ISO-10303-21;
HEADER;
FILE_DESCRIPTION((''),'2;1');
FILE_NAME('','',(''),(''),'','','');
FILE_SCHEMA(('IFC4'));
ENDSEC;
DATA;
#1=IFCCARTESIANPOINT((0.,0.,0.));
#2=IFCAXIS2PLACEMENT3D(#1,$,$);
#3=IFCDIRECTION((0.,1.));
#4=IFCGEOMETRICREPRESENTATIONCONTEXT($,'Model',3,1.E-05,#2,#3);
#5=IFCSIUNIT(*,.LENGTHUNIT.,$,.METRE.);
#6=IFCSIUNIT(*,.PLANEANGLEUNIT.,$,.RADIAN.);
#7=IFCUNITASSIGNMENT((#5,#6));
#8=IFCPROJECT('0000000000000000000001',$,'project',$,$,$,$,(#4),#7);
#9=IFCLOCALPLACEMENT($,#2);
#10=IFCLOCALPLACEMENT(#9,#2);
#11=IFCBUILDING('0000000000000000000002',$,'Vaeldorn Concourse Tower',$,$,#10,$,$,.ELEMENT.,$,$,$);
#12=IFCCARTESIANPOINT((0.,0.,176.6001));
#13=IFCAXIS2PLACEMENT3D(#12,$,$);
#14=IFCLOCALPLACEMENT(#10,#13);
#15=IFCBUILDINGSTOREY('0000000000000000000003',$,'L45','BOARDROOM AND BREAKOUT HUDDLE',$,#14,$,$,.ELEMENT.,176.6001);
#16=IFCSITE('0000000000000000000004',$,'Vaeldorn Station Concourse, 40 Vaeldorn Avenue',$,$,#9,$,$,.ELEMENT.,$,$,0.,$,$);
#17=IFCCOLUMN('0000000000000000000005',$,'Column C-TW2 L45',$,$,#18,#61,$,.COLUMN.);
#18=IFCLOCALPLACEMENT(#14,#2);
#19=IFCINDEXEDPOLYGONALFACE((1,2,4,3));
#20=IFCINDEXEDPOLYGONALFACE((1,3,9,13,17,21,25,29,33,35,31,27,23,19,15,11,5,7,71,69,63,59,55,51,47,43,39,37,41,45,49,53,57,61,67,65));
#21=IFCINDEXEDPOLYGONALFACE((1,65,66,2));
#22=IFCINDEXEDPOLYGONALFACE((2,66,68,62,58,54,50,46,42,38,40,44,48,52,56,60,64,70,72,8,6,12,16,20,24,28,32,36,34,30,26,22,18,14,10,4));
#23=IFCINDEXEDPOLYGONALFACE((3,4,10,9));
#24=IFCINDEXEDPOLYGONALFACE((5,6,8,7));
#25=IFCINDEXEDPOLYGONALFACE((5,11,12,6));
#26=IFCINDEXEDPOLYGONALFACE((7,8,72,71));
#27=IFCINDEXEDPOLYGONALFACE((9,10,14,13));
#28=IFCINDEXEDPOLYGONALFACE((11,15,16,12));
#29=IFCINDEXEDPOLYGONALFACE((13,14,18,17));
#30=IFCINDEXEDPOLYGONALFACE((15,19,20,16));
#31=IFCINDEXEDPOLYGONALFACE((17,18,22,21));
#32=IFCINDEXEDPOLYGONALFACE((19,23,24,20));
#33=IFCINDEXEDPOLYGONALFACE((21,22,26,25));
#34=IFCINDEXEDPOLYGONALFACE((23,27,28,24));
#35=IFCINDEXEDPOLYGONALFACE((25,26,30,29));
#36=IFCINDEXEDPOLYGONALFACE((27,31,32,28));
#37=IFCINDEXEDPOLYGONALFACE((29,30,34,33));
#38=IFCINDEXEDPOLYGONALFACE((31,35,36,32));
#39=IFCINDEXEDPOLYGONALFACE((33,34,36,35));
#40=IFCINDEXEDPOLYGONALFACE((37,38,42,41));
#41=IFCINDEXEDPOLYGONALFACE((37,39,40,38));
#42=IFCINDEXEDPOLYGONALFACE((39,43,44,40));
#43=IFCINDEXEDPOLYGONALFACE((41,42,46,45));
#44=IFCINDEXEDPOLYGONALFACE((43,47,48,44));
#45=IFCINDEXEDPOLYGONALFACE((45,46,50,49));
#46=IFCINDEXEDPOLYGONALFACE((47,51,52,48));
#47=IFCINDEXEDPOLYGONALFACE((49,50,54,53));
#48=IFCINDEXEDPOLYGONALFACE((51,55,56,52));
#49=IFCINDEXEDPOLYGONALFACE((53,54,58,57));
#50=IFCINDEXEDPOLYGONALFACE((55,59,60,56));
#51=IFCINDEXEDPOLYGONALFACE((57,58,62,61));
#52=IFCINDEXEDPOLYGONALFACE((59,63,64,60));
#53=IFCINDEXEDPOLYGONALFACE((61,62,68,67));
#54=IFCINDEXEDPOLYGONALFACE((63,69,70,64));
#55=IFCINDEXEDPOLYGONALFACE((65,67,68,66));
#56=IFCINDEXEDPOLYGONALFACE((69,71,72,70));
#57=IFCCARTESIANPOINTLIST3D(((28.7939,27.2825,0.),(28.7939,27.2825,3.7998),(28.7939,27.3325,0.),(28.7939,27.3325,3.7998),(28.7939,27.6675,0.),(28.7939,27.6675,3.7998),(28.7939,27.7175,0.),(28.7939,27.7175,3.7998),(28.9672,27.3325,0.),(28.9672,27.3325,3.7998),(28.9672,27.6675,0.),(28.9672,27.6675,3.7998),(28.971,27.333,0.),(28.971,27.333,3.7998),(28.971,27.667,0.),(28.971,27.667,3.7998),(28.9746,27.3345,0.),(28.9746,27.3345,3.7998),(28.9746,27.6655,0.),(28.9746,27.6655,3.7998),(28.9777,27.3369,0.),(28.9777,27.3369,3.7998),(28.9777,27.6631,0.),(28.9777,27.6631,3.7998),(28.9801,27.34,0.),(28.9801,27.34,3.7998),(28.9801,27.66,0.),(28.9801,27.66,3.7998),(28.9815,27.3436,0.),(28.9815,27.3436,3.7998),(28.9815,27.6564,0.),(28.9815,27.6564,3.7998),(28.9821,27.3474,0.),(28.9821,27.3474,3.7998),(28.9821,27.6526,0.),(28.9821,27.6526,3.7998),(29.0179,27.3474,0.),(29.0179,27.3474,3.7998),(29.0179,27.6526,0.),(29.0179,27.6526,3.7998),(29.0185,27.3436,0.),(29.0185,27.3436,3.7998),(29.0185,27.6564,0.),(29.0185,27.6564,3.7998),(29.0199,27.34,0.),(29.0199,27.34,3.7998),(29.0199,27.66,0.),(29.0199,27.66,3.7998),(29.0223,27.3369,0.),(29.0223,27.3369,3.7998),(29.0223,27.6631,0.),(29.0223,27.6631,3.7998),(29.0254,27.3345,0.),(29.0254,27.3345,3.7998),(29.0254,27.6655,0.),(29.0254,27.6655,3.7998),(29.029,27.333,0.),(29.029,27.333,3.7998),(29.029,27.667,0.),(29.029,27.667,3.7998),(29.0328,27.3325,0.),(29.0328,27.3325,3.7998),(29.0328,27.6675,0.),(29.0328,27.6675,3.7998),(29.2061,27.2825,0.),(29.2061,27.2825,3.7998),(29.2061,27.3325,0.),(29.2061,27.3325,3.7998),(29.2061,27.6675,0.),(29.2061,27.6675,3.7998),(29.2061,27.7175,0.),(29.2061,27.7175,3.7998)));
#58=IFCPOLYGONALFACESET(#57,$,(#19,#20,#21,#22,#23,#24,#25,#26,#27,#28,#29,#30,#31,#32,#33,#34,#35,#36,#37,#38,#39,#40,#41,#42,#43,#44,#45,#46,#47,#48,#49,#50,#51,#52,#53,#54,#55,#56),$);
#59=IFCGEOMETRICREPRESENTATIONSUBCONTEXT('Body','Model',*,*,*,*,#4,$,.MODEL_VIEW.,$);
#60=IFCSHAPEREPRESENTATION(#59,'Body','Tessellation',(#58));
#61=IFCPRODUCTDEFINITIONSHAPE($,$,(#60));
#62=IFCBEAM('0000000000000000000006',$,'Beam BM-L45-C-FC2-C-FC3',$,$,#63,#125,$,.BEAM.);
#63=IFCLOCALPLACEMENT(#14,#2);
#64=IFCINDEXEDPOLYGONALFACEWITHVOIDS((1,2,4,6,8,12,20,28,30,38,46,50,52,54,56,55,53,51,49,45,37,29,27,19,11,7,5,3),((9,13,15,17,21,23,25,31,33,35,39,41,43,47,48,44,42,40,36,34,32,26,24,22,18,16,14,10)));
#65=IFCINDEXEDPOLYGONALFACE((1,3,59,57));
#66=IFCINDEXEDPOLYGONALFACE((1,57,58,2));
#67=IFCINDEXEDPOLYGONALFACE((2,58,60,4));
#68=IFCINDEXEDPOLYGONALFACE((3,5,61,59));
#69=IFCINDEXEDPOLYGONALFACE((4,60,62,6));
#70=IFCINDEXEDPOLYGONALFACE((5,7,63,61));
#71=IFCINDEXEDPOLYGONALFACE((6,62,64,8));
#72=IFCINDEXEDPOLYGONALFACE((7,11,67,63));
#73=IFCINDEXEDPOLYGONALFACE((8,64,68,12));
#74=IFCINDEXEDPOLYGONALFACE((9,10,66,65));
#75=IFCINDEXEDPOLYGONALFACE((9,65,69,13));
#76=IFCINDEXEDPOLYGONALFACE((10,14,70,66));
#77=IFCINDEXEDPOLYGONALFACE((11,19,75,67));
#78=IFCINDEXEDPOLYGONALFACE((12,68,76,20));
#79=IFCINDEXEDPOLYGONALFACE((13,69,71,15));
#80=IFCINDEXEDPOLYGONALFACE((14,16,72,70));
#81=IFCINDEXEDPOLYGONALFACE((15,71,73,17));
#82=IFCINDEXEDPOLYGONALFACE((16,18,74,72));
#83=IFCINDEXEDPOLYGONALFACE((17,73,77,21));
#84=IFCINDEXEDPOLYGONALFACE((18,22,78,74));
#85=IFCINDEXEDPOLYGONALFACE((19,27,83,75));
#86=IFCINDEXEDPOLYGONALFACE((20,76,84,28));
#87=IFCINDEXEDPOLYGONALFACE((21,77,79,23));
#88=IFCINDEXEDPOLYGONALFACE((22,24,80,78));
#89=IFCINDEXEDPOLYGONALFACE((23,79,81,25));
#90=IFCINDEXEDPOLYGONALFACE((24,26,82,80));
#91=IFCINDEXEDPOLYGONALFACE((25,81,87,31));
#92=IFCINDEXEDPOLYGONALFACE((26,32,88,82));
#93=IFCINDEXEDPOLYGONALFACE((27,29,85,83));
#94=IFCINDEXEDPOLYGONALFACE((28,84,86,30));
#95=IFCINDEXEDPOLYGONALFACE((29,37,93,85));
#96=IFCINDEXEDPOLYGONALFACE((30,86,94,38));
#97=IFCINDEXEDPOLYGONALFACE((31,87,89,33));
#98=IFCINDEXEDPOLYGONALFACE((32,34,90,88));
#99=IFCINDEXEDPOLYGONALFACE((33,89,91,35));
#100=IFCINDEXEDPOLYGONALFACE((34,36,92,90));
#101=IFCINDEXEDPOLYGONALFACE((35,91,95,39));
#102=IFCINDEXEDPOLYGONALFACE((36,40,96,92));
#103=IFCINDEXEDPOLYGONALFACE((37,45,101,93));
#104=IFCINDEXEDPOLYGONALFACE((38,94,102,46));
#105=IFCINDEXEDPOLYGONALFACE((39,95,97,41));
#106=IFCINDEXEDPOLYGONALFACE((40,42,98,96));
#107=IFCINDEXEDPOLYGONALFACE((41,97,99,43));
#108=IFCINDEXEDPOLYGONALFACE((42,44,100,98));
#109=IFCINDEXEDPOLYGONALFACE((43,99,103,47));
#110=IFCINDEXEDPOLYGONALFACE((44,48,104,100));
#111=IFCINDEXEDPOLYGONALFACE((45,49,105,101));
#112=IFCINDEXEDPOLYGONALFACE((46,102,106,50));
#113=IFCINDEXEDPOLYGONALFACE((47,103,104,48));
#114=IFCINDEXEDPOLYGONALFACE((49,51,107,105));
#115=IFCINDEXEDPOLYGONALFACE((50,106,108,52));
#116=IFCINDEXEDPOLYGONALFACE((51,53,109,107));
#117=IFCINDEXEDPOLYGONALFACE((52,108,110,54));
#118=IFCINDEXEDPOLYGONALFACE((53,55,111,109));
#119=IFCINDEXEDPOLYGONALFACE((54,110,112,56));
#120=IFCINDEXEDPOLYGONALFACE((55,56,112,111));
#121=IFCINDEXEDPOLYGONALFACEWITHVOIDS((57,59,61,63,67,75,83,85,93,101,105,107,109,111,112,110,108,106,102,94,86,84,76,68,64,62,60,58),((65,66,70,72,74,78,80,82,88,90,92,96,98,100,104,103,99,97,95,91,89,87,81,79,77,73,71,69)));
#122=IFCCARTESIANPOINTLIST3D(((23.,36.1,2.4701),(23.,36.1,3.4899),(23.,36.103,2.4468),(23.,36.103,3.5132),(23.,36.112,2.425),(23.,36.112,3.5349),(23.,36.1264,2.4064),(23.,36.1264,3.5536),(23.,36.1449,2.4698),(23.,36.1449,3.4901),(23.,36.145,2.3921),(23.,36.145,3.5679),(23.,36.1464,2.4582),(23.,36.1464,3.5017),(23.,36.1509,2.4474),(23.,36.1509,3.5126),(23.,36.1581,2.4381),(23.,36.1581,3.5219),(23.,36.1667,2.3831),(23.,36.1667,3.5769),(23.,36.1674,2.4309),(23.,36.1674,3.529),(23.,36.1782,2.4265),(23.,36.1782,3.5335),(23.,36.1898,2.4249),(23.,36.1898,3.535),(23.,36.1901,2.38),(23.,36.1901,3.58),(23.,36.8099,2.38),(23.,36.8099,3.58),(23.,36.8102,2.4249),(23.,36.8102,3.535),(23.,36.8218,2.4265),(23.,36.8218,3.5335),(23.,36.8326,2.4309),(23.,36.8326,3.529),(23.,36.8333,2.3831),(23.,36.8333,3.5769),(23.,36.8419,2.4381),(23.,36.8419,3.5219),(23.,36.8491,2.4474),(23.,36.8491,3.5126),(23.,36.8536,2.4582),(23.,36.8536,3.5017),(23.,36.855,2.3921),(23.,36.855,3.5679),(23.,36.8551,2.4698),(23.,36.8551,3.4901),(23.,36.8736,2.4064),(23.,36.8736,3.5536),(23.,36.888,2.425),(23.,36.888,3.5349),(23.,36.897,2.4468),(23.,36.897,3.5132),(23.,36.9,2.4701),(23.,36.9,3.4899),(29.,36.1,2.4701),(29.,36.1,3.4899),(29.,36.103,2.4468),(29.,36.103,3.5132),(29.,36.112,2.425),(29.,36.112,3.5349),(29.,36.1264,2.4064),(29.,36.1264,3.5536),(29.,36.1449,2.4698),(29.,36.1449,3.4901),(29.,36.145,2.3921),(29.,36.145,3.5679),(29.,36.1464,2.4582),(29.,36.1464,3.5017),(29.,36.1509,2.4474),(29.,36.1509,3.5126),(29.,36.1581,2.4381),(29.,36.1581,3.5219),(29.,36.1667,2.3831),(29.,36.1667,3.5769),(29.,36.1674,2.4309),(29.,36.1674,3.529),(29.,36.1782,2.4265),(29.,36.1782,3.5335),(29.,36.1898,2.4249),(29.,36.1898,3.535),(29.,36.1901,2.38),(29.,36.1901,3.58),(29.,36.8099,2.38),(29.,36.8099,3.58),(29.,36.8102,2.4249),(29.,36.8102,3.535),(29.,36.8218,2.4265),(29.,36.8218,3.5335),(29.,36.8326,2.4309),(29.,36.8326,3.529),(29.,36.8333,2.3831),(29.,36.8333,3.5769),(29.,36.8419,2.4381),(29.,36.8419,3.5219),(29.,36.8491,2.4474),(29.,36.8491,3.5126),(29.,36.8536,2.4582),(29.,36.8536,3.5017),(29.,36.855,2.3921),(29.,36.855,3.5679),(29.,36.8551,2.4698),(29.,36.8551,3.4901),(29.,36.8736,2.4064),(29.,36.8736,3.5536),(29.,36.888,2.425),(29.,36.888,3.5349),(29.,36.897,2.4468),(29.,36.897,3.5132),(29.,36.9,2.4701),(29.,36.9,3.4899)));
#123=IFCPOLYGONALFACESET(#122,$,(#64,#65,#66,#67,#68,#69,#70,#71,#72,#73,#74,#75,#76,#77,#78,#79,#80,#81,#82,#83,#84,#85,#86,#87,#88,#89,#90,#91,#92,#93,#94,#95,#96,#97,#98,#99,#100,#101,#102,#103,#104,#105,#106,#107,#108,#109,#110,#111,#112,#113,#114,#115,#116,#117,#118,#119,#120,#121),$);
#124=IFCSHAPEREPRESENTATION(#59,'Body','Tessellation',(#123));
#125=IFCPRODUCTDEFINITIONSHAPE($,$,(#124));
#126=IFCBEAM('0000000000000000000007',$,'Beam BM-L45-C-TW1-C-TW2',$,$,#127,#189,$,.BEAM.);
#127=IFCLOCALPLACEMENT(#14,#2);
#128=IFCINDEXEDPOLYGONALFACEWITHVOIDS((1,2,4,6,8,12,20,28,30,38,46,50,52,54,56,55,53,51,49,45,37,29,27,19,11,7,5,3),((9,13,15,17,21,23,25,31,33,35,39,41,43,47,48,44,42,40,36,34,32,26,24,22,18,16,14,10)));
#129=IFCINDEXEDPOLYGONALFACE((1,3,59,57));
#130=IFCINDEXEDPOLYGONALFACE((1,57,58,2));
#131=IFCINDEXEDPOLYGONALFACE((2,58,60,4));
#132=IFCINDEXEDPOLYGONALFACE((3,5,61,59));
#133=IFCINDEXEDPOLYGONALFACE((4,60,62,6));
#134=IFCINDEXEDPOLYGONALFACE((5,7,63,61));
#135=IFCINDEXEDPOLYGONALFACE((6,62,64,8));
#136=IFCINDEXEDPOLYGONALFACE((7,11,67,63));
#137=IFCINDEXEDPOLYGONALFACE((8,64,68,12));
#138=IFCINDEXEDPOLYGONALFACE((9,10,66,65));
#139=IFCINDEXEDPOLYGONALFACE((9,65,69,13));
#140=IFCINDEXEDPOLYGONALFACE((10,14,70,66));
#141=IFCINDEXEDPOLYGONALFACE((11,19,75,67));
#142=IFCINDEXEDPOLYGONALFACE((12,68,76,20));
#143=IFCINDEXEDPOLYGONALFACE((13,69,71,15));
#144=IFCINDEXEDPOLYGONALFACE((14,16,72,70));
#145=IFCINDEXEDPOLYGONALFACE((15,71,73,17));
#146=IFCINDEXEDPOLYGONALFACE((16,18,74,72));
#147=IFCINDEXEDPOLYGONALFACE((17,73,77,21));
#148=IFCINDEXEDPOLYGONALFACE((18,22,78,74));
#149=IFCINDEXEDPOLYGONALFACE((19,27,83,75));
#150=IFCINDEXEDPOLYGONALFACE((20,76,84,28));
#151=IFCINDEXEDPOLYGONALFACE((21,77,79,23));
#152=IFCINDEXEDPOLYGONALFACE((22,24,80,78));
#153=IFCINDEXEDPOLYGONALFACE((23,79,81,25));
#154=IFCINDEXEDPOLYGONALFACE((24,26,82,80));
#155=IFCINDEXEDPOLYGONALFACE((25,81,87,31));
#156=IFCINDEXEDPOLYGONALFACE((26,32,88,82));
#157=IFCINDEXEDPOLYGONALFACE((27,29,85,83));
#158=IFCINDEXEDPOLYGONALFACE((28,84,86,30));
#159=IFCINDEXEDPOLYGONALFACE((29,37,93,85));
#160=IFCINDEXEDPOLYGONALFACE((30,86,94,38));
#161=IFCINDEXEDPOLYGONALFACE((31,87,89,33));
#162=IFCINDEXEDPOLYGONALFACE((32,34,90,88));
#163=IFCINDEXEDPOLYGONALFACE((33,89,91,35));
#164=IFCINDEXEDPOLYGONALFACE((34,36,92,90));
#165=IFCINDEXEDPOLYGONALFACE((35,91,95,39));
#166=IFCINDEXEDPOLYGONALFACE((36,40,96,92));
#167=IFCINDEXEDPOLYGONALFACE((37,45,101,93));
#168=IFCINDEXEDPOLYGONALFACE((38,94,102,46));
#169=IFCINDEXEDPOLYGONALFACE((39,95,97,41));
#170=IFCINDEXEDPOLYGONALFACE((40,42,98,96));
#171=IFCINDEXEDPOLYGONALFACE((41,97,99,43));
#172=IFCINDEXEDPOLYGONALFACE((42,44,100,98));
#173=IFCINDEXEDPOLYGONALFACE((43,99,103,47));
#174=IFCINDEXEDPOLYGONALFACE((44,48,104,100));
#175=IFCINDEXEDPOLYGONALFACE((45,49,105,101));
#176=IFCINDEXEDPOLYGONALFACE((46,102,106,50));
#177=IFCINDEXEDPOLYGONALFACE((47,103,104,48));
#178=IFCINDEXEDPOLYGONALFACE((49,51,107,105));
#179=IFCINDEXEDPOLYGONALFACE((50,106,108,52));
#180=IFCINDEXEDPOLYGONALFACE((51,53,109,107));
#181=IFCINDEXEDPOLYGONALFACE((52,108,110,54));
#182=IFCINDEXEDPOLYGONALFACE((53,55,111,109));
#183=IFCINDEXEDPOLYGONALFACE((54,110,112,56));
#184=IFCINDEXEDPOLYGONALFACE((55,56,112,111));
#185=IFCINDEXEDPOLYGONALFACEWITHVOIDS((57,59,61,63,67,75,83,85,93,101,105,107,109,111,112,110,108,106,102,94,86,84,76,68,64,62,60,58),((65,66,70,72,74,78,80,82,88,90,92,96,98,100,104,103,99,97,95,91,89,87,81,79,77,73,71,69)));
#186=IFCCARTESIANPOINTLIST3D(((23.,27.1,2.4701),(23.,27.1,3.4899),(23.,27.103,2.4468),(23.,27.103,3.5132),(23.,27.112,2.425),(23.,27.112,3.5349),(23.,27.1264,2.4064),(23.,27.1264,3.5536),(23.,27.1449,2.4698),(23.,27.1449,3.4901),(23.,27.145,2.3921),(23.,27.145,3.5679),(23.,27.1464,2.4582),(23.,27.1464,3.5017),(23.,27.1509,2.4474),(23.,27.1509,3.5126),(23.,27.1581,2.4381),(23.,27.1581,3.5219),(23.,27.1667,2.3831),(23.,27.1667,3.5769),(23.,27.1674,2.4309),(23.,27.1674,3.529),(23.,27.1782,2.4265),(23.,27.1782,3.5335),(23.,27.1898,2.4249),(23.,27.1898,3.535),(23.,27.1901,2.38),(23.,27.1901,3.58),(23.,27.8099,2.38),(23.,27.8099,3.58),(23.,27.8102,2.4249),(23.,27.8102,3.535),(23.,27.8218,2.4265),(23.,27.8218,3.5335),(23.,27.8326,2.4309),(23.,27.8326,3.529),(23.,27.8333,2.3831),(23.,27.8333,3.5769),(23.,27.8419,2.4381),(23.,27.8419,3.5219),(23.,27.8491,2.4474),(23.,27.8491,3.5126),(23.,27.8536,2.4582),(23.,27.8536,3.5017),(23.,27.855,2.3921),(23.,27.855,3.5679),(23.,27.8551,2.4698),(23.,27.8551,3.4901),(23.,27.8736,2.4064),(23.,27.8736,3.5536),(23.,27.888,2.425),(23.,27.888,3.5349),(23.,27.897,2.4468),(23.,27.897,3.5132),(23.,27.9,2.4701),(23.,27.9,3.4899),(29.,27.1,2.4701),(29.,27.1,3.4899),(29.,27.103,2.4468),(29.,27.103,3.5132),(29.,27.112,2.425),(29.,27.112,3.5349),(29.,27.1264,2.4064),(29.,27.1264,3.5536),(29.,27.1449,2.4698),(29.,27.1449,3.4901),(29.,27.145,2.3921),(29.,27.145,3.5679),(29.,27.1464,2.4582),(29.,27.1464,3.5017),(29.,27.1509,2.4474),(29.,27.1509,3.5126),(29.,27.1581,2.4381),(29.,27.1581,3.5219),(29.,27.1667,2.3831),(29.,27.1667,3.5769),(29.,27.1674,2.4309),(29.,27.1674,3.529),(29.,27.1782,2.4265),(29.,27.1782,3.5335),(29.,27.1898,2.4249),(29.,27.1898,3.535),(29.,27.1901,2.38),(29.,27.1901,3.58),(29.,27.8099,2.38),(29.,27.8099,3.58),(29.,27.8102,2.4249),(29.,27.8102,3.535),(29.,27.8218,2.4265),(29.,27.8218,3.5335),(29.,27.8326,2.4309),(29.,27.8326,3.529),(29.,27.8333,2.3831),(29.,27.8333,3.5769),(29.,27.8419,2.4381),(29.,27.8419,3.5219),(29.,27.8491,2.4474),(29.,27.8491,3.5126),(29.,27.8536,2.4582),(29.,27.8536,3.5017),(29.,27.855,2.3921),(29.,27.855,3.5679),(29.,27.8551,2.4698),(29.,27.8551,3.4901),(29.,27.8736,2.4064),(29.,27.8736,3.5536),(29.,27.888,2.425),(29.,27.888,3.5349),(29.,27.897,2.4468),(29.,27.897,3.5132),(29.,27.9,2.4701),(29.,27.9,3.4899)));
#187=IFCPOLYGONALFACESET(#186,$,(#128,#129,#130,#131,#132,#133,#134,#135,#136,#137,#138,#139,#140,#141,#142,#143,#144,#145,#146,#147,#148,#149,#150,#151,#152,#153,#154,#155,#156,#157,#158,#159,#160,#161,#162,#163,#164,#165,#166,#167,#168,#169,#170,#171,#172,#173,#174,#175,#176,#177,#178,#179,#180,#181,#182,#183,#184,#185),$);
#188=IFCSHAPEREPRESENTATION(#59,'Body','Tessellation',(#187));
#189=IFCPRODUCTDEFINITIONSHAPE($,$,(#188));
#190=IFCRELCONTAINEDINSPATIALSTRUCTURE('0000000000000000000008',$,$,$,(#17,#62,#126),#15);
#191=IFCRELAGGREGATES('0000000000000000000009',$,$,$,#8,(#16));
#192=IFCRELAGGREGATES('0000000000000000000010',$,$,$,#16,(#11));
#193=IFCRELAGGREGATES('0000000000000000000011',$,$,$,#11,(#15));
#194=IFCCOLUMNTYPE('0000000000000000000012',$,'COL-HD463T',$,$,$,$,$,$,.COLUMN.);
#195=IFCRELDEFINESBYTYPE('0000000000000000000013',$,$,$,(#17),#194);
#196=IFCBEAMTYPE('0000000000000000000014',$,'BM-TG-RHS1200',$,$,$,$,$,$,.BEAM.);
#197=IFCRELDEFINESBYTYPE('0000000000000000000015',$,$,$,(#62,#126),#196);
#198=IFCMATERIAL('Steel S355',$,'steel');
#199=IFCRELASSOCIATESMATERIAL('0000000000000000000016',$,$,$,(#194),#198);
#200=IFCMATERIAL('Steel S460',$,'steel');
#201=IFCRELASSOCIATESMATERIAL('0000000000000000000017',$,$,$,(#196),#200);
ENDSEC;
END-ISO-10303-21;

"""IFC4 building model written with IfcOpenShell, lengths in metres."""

from ifc_helpers import new_model, si_unit, direction, frame, origin, origin_2d, place, context, subcontext, project, spatial, hollow_rectangle, i_section, extrude, source, transform, mapped, material, material_profile, profile_set, type_object, element, save


model = new_model("IFC4")

# Units and contexts
model_context = context("Model", 3, precision=1e-05, world=origin(), true_north=direction((0.0, 1.0)))
body_context = subcontext(model_context, "Body", "Model", "MODEL_VIEW")
ifc_project = project(units=[si_unit("LENGTHUNIT", "METRE"), si_unit("PLANEANGLEUNIT", "RADIAN")], contexts=[model_context])

# Site, building, storey
site_placement = place(None, origin())
site = spatial("IfcSite", under=ifc_project, at=site_placement, Name="Vaeldorn Station Concourse, 40 Vaeldorn Avenue", CompositionType="ELEMENT", RefElevation=0.0)
building_placement = place(site_placement, origin())
building = spatial("IfcBuilding", under=site, at=building_placement, Name="Vaeldorn Concourse Tower", CompositionType="ELEMENT")
storey_placement = place(building_placement, frame((0.0, 0.0, 176.6001)))
storey = spatial("IfcBuildingStorey", under=building, at=storey_placement, Name="L45", Description="BOARDROOM AND BREAKOUT HUDDLE", CompositionType="ELEMENT", Elevation=176.6001)

# Column
ifc_material_1 = material(Name="Steel S460", Category="steel")
ifc_material_2 = material(Name="Steel S355", Category="steel")
ifc_material_profile_1 = material_profile(ifc_material_2, i_section(OverallWidth=0.4121, OverallDepth=0.4351, WebThickness=0.0359, FlangeThickness=0.05, FilletRadius=0.0149, at=origin_2d()), Name="HD 400x463")
ifc_profile_set_1 = profile_set([ifc_material_profile_1], Name="Steel S355")
column_type_1 = type_object("IfcColumnType", Name="COL-HD463T", PredefinedType="COLUMN", material=ifc_profile_set_1)
shared_shape_1 = source(origin(), body_context, "Body", "SweptSolid", [
    extrude(i_section(OverallWidth=0.4121, OverallDepth=0.4351, WebThickness=0.0359, FlangeThickness=0.05, FilletRadius=0.0149, at=origin_2d()), origin(), (0.0, 0.0, 1.0), 3.7998),
])
column_1_placement = place(storey_placement, frame((29.0, 27.5, 0.0), z_axis=(0.0, 0.0, 1.0), x_axis=(1.0, 0.0, 0.0)))
element("IfcColumn", 1, at=column_1_placement, inside=storey, type_object=column_type_1, Name="Column C-TW2 L45", PredefinedType="COLUMN", context=body_context, shape_type="MappedRepresentation", body=[
    mapped(shared_shape_1, transform((0.0, 0.0, 0.0), scale=1.0)),
])

# Beams
ifc_material_profile_2 = material_profile(ifc_material_1, hollow_rectangle(XDim=0.8, YDim=1.2, WallThickness=0.0449, InnerFilletRadius=0.0449, OuterFilletRadius=0.0901, at=origin_2d()), Name="RHS 1200x800x45")
ifc_profile_set_2 = profile_set([ifc_material_profile_2], Name="Steel S460")
beam_type_1 = type_object("IfcBeamType", Name="BM-TG-RHS1200", PredefinedType="BEAM", material=ifc_profile_set_2)
shared_shape_2 = source(origin(), body_context, "Body", "SweptSolid", [
    extrude(hollow_rectangle(XDim=0.8, YDim=1.2, WallThickness=0.0449, InnerFilletRadius=0.0449, OuterFilletRadius=0.0901, at=origin_2d()), origin(), (0.0, 0.0, 1.0), 6.0),
])
for number, where, z_axis, x_axis, name in (
    (2, (23.0, 36.5, 2.98), (1.0, 0.0, 0.0), (0.0, 1.0, 0.0), "Beam BM-L45-C-FC2-C-FC3"),
    (3, (23.0, 27.5, 2.98), (1.0, 0.0, 0.0), (0.0, 1.0, 0.0), "Beam BM-L45-C-TW1-C-TW2"),
):
    element("IfcBeam", number, at=place(storey_placement, frame(where, z_axis=z_axis, x_axis=x_axis)), inside=storey, type_object=beam_type_1, Name=name, PredefinedType="BEAM", context=body_context, shape_type="MappedRepresentation", body=[
        mapped(shared_shape_2, transform((0.0, 0.0, 0.0), scale=1.0)),
    ])

save(model, "model.ifc")
